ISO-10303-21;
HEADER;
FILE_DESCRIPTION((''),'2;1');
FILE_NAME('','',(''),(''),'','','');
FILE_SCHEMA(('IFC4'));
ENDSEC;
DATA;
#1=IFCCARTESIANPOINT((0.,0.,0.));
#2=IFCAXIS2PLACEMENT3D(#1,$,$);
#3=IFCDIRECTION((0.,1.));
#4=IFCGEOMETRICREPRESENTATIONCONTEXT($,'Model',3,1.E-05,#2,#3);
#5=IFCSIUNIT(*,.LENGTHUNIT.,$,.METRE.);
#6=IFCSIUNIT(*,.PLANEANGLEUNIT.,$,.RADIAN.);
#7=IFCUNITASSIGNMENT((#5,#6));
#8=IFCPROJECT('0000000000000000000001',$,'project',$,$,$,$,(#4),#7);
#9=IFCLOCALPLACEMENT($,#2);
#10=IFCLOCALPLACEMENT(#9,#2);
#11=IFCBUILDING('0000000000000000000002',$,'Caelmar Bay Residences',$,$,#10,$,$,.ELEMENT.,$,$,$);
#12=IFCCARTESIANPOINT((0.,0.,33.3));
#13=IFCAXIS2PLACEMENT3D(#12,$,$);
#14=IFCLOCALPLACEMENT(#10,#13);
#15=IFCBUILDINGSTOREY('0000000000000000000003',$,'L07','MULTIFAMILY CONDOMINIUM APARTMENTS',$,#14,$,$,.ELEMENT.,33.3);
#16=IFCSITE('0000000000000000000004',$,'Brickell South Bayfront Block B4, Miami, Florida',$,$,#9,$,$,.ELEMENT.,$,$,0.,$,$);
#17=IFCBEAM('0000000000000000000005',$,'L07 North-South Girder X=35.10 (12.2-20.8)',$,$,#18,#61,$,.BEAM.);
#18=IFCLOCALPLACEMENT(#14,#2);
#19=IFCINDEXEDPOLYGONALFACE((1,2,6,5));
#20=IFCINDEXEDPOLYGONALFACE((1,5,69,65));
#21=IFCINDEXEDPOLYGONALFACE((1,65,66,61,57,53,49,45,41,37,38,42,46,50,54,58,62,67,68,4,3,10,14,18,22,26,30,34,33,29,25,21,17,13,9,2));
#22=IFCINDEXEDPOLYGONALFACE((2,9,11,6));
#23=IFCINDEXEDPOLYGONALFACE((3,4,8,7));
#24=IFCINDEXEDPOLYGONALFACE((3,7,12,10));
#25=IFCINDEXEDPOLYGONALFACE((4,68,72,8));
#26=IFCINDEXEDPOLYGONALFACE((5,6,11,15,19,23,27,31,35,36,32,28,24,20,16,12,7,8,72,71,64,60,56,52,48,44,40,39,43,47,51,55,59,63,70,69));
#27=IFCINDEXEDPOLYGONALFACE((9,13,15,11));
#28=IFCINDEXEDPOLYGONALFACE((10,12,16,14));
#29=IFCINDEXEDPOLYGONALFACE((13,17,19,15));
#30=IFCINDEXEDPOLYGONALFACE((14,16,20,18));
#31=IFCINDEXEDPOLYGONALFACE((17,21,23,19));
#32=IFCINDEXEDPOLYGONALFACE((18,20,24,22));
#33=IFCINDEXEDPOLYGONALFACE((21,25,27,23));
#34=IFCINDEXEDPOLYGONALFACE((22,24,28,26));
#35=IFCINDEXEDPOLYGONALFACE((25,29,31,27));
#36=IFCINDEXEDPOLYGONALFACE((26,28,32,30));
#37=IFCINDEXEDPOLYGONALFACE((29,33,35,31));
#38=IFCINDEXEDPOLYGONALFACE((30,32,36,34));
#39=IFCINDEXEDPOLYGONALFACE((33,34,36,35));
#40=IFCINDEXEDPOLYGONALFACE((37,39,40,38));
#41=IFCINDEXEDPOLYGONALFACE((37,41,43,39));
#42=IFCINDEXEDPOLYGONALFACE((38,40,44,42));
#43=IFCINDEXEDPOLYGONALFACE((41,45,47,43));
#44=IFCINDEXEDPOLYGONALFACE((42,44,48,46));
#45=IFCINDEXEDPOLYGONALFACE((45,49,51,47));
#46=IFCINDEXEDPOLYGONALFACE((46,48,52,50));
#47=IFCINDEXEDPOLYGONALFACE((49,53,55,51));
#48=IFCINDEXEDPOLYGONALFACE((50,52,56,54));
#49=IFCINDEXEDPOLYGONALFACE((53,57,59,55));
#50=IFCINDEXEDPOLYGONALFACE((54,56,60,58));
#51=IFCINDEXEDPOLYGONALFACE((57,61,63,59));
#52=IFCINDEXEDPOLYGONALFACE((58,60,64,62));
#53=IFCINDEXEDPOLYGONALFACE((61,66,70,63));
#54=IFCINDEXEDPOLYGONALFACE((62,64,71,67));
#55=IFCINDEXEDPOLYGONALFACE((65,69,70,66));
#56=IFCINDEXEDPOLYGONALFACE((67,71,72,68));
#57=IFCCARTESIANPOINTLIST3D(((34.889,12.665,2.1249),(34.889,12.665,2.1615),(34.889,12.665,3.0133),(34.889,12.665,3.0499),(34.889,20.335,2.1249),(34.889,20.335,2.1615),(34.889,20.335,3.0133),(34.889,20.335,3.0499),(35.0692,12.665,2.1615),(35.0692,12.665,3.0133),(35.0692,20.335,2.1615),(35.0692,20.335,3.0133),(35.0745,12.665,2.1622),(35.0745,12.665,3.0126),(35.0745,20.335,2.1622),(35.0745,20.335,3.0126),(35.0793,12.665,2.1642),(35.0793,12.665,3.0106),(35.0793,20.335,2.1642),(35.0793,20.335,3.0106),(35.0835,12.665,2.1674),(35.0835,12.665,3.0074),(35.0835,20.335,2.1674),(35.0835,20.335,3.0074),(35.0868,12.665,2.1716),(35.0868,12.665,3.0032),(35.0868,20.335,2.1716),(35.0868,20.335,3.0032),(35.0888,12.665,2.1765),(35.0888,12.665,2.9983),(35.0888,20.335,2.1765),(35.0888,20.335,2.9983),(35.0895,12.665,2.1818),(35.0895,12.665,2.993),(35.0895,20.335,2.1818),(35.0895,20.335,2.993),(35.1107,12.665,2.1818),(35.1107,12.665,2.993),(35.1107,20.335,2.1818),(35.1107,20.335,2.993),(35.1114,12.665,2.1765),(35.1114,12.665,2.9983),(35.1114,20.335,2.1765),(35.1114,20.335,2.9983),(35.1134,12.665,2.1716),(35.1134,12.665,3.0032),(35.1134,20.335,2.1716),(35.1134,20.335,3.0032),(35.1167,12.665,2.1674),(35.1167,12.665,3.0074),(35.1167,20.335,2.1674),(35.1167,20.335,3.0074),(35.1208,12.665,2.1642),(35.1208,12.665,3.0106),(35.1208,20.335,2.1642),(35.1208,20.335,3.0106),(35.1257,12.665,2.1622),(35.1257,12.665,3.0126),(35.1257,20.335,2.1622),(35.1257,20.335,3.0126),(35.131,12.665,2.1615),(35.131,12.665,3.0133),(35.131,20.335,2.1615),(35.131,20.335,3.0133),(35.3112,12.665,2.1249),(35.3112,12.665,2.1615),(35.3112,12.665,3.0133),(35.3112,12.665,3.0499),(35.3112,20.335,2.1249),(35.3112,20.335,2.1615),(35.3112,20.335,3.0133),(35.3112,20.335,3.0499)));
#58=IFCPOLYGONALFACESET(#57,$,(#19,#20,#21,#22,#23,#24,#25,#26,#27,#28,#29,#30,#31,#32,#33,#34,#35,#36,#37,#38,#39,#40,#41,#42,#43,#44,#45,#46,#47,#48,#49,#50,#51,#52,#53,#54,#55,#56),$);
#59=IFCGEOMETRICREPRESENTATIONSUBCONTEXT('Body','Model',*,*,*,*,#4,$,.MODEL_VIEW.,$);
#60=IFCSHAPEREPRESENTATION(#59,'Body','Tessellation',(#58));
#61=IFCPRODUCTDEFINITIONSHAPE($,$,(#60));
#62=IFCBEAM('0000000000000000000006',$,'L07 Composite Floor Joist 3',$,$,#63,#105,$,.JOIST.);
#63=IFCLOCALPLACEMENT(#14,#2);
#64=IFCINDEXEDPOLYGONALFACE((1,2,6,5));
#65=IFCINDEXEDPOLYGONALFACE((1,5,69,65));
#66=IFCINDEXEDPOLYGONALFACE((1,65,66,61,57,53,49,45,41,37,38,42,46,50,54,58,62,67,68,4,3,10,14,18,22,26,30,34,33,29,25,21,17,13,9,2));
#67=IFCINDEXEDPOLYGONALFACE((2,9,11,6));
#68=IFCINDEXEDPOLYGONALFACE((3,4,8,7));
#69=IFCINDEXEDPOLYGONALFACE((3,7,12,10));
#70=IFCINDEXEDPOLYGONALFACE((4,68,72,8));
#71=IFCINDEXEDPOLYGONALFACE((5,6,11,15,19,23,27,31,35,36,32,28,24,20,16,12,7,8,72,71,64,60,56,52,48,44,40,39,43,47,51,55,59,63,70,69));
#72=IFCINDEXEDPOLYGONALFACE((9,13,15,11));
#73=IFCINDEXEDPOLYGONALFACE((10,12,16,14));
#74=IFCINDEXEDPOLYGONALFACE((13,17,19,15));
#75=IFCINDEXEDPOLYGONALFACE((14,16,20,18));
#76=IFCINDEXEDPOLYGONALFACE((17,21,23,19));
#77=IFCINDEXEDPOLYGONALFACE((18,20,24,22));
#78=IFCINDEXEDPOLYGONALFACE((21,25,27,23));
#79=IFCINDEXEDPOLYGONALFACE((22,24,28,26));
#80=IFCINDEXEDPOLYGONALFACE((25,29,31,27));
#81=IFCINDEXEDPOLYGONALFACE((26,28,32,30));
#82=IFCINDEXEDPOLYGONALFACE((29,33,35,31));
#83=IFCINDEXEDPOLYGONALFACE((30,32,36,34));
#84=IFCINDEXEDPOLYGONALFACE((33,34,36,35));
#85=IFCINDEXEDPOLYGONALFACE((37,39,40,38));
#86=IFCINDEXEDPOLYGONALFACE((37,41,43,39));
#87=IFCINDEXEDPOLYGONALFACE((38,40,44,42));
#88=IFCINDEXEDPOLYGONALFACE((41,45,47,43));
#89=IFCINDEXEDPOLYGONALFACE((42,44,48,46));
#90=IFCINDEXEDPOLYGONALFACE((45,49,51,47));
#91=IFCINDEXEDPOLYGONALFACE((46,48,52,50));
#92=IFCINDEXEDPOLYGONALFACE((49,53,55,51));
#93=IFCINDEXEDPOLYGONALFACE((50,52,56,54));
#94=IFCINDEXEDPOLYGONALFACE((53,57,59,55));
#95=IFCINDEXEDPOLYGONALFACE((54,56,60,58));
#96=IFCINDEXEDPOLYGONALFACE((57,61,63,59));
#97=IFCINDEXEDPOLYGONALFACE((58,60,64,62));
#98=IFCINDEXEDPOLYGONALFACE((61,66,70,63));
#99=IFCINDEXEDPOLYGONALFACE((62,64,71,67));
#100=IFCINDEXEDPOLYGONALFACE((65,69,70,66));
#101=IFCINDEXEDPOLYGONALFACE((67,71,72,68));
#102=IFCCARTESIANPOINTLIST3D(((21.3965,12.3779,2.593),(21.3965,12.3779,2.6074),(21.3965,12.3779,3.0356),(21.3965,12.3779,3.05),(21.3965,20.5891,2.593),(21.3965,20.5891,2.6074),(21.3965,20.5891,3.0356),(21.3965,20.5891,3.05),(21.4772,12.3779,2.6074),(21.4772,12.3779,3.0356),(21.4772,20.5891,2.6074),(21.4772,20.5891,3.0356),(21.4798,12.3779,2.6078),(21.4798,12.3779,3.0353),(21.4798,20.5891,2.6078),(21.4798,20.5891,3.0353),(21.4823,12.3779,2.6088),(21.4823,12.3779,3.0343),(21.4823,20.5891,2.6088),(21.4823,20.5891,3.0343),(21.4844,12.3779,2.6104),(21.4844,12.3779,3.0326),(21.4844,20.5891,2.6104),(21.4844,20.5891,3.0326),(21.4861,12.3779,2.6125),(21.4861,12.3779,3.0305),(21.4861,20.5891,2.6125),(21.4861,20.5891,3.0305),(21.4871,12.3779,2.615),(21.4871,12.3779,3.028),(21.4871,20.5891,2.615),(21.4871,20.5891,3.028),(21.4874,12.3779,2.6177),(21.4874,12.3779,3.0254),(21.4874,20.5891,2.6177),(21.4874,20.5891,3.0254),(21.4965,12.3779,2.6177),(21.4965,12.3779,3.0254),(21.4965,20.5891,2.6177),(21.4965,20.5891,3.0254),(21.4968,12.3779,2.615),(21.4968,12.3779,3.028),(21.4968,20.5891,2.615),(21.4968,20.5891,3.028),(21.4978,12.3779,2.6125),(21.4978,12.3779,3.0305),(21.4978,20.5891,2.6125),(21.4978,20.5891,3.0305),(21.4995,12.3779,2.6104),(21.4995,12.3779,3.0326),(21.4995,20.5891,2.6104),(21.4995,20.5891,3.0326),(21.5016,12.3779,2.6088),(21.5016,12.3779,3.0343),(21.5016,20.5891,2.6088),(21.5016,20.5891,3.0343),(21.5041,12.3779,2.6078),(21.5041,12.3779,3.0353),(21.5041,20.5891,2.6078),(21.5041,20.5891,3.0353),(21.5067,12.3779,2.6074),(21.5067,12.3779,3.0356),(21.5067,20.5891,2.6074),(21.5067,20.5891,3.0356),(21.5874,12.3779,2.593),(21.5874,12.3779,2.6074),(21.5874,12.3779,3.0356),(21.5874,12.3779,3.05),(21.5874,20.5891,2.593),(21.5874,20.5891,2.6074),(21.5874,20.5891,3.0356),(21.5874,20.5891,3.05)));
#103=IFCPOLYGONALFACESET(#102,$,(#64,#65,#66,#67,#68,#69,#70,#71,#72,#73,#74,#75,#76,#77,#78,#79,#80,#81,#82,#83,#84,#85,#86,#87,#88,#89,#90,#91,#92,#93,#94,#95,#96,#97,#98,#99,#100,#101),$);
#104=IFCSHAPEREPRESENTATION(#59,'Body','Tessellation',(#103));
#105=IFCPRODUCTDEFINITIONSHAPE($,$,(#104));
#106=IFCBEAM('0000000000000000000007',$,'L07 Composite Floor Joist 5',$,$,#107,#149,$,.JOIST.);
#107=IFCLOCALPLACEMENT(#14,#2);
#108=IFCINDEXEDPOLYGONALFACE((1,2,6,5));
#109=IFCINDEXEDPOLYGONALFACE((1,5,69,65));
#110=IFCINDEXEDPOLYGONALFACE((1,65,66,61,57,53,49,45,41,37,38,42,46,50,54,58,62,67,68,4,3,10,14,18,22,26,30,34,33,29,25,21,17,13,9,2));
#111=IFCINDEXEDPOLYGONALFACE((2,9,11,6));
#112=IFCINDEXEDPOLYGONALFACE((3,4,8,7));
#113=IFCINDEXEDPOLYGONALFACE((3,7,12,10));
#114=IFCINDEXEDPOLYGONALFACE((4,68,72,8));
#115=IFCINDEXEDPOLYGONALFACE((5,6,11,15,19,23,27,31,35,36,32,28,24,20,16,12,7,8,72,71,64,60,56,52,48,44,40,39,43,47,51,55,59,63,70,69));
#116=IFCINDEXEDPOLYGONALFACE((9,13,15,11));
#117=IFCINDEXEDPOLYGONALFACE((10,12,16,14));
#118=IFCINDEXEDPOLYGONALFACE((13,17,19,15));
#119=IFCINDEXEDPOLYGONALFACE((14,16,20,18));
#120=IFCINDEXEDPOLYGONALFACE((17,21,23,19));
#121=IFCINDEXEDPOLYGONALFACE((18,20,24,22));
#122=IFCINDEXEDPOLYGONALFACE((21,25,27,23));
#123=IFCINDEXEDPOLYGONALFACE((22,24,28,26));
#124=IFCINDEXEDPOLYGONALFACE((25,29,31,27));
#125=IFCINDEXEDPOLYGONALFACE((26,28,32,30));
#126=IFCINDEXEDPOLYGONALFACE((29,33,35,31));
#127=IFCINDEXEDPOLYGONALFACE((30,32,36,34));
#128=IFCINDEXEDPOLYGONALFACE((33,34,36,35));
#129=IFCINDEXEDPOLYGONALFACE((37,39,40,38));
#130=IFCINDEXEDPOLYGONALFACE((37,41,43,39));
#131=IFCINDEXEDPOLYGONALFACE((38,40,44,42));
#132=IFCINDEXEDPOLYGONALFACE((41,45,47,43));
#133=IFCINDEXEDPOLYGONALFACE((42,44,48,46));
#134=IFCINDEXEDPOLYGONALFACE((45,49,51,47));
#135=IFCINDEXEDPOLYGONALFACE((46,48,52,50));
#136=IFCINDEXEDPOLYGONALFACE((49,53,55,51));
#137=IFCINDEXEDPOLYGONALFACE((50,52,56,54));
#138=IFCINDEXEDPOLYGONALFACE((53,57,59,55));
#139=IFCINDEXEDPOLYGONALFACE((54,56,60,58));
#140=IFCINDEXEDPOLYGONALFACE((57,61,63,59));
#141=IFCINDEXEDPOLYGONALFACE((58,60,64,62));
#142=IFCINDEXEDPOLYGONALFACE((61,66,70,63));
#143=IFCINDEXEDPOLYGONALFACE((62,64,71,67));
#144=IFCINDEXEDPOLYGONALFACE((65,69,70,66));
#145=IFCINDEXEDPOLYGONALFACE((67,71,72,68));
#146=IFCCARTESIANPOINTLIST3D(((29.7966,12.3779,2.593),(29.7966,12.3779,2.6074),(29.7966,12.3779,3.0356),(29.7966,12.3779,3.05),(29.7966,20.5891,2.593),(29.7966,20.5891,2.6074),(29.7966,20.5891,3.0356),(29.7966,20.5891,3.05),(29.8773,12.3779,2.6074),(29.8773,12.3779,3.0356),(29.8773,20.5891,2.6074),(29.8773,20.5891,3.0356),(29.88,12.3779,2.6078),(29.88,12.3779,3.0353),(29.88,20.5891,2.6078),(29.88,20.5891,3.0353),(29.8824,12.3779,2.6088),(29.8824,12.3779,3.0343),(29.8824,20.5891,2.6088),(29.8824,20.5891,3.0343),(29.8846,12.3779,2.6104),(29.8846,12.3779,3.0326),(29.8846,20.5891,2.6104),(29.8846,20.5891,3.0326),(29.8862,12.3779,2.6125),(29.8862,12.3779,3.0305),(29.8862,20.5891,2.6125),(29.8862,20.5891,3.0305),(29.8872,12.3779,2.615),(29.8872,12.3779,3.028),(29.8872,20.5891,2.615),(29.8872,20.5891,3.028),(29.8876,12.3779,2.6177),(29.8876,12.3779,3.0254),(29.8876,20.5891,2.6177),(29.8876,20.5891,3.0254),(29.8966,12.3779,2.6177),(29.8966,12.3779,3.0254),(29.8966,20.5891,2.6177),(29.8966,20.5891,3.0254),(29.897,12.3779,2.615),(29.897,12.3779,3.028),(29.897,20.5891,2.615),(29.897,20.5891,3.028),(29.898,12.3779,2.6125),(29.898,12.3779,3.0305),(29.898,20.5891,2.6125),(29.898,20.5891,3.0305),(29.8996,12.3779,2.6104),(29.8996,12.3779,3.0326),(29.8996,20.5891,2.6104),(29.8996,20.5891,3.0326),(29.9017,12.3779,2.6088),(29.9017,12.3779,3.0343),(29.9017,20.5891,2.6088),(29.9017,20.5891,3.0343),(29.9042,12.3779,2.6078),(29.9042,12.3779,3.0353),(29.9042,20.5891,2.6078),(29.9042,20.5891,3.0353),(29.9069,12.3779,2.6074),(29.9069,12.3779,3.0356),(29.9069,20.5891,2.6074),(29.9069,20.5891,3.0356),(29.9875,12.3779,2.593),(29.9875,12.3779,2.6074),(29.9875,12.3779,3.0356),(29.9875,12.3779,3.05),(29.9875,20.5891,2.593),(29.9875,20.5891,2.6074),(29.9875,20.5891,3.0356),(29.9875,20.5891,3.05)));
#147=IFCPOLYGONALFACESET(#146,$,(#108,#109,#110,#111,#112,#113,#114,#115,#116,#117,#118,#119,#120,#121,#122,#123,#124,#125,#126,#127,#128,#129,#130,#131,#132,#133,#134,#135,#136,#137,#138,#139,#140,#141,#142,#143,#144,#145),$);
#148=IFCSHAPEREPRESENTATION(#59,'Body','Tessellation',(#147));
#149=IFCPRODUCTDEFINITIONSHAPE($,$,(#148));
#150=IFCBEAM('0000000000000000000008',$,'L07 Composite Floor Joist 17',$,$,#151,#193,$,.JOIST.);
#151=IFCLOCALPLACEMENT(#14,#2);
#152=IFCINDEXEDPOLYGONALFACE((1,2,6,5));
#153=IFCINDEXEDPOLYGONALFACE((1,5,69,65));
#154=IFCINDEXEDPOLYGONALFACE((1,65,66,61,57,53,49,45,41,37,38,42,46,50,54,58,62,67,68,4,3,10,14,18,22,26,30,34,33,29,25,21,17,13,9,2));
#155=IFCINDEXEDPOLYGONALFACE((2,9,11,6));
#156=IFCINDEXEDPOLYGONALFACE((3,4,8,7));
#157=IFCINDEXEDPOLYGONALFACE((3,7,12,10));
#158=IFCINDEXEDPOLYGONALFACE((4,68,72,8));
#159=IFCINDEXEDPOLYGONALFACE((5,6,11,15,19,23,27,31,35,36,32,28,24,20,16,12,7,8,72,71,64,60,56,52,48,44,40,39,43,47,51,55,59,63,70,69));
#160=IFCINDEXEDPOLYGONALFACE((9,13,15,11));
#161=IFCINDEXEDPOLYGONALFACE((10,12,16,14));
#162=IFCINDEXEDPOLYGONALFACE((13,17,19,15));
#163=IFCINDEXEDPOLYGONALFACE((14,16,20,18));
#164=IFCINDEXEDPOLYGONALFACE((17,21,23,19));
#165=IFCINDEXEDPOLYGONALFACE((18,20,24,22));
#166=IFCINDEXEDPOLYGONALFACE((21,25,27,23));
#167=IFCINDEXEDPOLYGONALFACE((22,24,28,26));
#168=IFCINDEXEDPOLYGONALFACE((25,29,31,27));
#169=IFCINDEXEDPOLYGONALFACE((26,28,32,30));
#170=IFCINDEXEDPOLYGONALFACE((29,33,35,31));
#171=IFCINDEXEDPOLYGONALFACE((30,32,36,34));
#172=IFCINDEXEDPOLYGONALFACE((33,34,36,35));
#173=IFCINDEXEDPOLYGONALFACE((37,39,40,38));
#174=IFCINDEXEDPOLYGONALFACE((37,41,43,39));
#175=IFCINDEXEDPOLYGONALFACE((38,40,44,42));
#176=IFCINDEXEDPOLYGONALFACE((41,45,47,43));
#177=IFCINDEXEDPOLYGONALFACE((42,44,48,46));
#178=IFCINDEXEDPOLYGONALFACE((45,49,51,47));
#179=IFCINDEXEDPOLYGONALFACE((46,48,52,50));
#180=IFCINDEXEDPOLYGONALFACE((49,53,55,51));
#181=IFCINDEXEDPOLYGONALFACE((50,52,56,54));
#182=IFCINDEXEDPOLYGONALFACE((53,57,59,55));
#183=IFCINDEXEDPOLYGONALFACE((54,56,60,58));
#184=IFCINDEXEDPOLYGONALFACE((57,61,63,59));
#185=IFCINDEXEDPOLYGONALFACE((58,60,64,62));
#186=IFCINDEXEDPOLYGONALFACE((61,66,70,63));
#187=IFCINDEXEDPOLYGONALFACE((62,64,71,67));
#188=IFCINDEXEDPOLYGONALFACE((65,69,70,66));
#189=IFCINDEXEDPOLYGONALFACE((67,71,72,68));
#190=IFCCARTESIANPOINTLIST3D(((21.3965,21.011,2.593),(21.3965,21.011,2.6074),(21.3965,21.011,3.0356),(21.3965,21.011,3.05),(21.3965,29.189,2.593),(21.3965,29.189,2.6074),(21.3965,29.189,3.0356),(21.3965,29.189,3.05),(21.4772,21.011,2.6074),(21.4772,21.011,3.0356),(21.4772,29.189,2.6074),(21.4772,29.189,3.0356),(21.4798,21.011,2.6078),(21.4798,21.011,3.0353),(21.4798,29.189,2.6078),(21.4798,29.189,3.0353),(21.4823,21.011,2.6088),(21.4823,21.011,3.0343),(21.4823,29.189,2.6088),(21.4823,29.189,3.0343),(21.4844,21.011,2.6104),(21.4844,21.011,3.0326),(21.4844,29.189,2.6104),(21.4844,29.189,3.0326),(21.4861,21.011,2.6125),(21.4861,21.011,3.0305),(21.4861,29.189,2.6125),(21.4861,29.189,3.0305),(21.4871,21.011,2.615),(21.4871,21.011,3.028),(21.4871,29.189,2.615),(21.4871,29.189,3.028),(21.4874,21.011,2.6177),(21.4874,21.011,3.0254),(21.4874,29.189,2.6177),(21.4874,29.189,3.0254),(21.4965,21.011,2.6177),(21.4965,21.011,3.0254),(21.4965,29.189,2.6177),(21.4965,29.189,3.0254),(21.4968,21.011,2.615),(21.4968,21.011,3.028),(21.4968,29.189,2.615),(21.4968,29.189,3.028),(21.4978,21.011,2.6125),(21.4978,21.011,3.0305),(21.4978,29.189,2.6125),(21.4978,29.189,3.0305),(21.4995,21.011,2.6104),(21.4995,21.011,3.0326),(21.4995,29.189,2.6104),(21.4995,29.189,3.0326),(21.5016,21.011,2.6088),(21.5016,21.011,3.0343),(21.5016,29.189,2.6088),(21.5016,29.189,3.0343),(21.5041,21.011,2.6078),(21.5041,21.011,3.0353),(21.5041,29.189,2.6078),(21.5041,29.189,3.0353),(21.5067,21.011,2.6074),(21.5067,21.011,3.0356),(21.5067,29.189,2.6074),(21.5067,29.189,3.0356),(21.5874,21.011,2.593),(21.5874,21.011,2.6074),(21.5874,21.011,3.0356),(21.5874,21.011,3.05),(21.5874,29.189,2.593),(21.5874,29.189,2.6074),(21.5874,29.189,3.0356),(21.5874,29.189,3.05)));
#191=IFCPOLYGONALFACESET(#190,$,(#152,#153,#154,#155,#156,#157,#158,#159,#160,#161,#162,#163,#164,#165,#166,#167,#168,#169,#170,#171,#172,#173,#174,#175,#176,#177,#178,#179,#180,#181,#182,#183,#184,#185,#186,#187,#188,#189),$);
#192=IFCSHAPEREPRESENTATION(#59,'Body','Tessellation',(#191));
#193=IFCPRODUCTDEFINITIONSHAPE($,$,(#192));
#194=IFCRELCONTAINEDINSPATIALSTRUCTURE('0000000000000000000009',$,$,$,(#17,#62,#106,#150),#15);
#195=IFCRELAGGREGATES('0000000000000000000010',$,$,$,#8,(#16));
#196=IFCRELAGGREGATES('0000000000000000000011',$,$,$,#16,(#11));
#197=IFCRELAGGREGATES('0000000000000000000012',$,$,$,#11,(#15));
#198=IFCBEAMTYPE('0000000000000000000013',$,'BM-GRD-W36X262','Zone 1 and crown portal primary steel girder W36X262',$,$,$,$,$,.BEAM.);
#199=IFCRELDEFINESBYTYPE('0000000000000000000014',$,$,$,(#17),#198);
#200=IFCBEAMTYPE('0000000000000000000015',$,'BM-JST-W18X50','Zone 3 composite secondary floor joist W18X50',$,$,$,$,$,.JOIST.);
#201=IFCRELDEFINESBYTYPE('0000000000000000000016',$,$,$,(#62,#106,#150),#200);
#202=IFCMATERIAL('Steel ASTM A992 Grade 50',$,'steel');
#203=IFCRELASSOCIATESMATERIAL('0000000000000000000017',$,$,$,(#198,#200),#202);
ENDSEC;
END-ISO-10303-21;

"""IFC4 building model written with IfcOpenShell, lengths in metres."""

from ifc_helpers import new_model, si_unit, direction, frame, origin, origin_2d, place, context, subcontext, project, spatial, i_section, extrude, material, material_profile, profile_set, type_object, element, save


model = new_model("IFC4")

# Units and contexts
model_context = context("Model", 3, precision=1e-05, world=origin(), true_north=direction((0.0, 1.0)))
body_context = subcontext(model_context, "Body", "Model", "MODEL_VIEW")
ifc_project = project(units=[si_unit("LENGTHUNIT", "METRE"), si_unit("PLANEANGLEUNIT", "RADIAN")], contexts=[model_context])

# Site, building, storey
site_placement = place(None, origin())
site = spatial("IfcSite", under=ifc_project, at=site_placement, Name="Brickell South Bayfront Block B4, Miami, Florida", CompositionType="ELEMENT", RefElevation=0.0)
building_placement = place(site_placement, origin())
building = spatial("IfcBuilding", under=site, at=building_placement, Name="Caelmar Bay Residences", CompositionType="ELEMENT")
storey_placement = place(building_placement, frame((0.0, 0.0, 33.3)))
storey = spatial("IfcBuildingStorey", under=building, at=storey_placement, Name="L07", Description="MULTIFAMILY CONDOMINIUM APARTMENTS", CompositionType="ELEMENT", Elevation=33.3)

# Beams
ifc_material_1 = material(Name="Steel ASTM A992 Grade 50", Category="steel")
ifc_material_profile_1 = material_profile(ifc_material_1, i_section(OverallWidth=0.4221, OverallDepth=0.925, WebThickness=0.0212, FlangeThickness=0.0366, FilletRadius=0.0203, at=origin_2d()), Name="W36X262")
ifc_profile_set_1 = profile_set([ifc_material_profile_1], Name="Steel ASTM A992 Grade 50")
beam_type_1 = type_object("IfcBeamType", Name="BM-GRD-W36X262", Description="Zone 1 and crown portal primary steel girder W36X262", PredefinedType="BEAM", material=ifc_profile_set_1)
for number, where, z_axis, x_axis, name in (
    (1, (35.1001, 12.665, 2.5874), (0.0, 1.0, 0.0), (-1.0, 0.0, 0.0), "L07 North-South Girder X=35.10 (12.2-20.8)"),
):
    element("IfcBeam", number, at=place(storey_placement, frame(where, z_axis=z_axis, x_axis=x_axis)), inside=storey, type_object=beam_type_1, Name=name, PredefinedType="BEAM", context=body_context, shape_type="SweptSolid", body=[
        extrude(i_section(OverallWidth=0.4221, OverallDepth=0.925, WebThickness=0.0212, FlangeThickness=0.0366, FilletRadius=0.0203, at=origin_2d()), origin(), (0.0, 0.0, 1.0), 7.6699),
    ])
ifc_material_profile_2 = material_profile(ifc_material_1, i_section(OverallWidth=0.1909, OverallDepth=0.457, WebThickness=0.009, FlangeThickness=0.0144, FilletRadius=0.0103, at=origin_2d()), Name="W18X50")
ifc_profile_set_2 = profile_set([ifc_material_profile_2], Name="Steel ASTM A992 Grade 50")
beam_type_2 = type_object("IfcBeamType", Name="BM-JST-W18X50", Description="Zone 3 composite secondary floor joist W18X50", PredefinedType="JOIST", material=ifc_profile_set_2)
for number, where, z_axis, x_axis, name in (
    (2, (21.4919, 12.3779, 2.8215), (0.0, 1.0, 0.0), (-1.0, 0.0, 0.0), "L07 Composite Floor Joist 3"),
    (3, (29.8921, 12.3779, 2.8215), (0.0, 1.0, 0.0), (-1.0, 0.0, 0.0), "L07 Composite Floor Joist 5"),
):
    element("IfcBeam", number, at=place(storey_placement, frame(where, z_axis=z_axis, x_axis=x_axis)), inside=storey, type_object=beam_type_2, Name=name, PredefinedType="JOIST", context=body_context, shape_type="SweptSolid", body=[
        extrude(i_section(OverallWidth=0.1909, OverallDepth=0.457, WebThickness=0.009, FlangeThickness=0.0144, FilletRadius=0.0103, at=origin_2d()), origin(), (0.0, 0.0, 1.0), 8.2112),
    ])
beam_1_placement = place(storey_placement, frame((21.4919, 21.011, 2.8215), z_axis=(0.0, 1.0, 0.0), x_axis=(-1.0, 0.0, 0.0)))
element("IfcBeam", 4, at=beam_1_placement, inside=storey, type_object=beam_type_2, Name="L07 Composite Floor Joist 17", PredefinedType="JOIST", context=body_context, shape_type="SweptSolid", body=[
    extrude(i_section(OverallWidth=0.1909, OverallDepth=0.457, WebThickness=0.009, FlangeThickness=0.0144, FilletRadius=0.0103, at=origin_2d()), origin(), (0.0, 0.0, 1.0), 8.178),
])

save(model, "model.ifc")
